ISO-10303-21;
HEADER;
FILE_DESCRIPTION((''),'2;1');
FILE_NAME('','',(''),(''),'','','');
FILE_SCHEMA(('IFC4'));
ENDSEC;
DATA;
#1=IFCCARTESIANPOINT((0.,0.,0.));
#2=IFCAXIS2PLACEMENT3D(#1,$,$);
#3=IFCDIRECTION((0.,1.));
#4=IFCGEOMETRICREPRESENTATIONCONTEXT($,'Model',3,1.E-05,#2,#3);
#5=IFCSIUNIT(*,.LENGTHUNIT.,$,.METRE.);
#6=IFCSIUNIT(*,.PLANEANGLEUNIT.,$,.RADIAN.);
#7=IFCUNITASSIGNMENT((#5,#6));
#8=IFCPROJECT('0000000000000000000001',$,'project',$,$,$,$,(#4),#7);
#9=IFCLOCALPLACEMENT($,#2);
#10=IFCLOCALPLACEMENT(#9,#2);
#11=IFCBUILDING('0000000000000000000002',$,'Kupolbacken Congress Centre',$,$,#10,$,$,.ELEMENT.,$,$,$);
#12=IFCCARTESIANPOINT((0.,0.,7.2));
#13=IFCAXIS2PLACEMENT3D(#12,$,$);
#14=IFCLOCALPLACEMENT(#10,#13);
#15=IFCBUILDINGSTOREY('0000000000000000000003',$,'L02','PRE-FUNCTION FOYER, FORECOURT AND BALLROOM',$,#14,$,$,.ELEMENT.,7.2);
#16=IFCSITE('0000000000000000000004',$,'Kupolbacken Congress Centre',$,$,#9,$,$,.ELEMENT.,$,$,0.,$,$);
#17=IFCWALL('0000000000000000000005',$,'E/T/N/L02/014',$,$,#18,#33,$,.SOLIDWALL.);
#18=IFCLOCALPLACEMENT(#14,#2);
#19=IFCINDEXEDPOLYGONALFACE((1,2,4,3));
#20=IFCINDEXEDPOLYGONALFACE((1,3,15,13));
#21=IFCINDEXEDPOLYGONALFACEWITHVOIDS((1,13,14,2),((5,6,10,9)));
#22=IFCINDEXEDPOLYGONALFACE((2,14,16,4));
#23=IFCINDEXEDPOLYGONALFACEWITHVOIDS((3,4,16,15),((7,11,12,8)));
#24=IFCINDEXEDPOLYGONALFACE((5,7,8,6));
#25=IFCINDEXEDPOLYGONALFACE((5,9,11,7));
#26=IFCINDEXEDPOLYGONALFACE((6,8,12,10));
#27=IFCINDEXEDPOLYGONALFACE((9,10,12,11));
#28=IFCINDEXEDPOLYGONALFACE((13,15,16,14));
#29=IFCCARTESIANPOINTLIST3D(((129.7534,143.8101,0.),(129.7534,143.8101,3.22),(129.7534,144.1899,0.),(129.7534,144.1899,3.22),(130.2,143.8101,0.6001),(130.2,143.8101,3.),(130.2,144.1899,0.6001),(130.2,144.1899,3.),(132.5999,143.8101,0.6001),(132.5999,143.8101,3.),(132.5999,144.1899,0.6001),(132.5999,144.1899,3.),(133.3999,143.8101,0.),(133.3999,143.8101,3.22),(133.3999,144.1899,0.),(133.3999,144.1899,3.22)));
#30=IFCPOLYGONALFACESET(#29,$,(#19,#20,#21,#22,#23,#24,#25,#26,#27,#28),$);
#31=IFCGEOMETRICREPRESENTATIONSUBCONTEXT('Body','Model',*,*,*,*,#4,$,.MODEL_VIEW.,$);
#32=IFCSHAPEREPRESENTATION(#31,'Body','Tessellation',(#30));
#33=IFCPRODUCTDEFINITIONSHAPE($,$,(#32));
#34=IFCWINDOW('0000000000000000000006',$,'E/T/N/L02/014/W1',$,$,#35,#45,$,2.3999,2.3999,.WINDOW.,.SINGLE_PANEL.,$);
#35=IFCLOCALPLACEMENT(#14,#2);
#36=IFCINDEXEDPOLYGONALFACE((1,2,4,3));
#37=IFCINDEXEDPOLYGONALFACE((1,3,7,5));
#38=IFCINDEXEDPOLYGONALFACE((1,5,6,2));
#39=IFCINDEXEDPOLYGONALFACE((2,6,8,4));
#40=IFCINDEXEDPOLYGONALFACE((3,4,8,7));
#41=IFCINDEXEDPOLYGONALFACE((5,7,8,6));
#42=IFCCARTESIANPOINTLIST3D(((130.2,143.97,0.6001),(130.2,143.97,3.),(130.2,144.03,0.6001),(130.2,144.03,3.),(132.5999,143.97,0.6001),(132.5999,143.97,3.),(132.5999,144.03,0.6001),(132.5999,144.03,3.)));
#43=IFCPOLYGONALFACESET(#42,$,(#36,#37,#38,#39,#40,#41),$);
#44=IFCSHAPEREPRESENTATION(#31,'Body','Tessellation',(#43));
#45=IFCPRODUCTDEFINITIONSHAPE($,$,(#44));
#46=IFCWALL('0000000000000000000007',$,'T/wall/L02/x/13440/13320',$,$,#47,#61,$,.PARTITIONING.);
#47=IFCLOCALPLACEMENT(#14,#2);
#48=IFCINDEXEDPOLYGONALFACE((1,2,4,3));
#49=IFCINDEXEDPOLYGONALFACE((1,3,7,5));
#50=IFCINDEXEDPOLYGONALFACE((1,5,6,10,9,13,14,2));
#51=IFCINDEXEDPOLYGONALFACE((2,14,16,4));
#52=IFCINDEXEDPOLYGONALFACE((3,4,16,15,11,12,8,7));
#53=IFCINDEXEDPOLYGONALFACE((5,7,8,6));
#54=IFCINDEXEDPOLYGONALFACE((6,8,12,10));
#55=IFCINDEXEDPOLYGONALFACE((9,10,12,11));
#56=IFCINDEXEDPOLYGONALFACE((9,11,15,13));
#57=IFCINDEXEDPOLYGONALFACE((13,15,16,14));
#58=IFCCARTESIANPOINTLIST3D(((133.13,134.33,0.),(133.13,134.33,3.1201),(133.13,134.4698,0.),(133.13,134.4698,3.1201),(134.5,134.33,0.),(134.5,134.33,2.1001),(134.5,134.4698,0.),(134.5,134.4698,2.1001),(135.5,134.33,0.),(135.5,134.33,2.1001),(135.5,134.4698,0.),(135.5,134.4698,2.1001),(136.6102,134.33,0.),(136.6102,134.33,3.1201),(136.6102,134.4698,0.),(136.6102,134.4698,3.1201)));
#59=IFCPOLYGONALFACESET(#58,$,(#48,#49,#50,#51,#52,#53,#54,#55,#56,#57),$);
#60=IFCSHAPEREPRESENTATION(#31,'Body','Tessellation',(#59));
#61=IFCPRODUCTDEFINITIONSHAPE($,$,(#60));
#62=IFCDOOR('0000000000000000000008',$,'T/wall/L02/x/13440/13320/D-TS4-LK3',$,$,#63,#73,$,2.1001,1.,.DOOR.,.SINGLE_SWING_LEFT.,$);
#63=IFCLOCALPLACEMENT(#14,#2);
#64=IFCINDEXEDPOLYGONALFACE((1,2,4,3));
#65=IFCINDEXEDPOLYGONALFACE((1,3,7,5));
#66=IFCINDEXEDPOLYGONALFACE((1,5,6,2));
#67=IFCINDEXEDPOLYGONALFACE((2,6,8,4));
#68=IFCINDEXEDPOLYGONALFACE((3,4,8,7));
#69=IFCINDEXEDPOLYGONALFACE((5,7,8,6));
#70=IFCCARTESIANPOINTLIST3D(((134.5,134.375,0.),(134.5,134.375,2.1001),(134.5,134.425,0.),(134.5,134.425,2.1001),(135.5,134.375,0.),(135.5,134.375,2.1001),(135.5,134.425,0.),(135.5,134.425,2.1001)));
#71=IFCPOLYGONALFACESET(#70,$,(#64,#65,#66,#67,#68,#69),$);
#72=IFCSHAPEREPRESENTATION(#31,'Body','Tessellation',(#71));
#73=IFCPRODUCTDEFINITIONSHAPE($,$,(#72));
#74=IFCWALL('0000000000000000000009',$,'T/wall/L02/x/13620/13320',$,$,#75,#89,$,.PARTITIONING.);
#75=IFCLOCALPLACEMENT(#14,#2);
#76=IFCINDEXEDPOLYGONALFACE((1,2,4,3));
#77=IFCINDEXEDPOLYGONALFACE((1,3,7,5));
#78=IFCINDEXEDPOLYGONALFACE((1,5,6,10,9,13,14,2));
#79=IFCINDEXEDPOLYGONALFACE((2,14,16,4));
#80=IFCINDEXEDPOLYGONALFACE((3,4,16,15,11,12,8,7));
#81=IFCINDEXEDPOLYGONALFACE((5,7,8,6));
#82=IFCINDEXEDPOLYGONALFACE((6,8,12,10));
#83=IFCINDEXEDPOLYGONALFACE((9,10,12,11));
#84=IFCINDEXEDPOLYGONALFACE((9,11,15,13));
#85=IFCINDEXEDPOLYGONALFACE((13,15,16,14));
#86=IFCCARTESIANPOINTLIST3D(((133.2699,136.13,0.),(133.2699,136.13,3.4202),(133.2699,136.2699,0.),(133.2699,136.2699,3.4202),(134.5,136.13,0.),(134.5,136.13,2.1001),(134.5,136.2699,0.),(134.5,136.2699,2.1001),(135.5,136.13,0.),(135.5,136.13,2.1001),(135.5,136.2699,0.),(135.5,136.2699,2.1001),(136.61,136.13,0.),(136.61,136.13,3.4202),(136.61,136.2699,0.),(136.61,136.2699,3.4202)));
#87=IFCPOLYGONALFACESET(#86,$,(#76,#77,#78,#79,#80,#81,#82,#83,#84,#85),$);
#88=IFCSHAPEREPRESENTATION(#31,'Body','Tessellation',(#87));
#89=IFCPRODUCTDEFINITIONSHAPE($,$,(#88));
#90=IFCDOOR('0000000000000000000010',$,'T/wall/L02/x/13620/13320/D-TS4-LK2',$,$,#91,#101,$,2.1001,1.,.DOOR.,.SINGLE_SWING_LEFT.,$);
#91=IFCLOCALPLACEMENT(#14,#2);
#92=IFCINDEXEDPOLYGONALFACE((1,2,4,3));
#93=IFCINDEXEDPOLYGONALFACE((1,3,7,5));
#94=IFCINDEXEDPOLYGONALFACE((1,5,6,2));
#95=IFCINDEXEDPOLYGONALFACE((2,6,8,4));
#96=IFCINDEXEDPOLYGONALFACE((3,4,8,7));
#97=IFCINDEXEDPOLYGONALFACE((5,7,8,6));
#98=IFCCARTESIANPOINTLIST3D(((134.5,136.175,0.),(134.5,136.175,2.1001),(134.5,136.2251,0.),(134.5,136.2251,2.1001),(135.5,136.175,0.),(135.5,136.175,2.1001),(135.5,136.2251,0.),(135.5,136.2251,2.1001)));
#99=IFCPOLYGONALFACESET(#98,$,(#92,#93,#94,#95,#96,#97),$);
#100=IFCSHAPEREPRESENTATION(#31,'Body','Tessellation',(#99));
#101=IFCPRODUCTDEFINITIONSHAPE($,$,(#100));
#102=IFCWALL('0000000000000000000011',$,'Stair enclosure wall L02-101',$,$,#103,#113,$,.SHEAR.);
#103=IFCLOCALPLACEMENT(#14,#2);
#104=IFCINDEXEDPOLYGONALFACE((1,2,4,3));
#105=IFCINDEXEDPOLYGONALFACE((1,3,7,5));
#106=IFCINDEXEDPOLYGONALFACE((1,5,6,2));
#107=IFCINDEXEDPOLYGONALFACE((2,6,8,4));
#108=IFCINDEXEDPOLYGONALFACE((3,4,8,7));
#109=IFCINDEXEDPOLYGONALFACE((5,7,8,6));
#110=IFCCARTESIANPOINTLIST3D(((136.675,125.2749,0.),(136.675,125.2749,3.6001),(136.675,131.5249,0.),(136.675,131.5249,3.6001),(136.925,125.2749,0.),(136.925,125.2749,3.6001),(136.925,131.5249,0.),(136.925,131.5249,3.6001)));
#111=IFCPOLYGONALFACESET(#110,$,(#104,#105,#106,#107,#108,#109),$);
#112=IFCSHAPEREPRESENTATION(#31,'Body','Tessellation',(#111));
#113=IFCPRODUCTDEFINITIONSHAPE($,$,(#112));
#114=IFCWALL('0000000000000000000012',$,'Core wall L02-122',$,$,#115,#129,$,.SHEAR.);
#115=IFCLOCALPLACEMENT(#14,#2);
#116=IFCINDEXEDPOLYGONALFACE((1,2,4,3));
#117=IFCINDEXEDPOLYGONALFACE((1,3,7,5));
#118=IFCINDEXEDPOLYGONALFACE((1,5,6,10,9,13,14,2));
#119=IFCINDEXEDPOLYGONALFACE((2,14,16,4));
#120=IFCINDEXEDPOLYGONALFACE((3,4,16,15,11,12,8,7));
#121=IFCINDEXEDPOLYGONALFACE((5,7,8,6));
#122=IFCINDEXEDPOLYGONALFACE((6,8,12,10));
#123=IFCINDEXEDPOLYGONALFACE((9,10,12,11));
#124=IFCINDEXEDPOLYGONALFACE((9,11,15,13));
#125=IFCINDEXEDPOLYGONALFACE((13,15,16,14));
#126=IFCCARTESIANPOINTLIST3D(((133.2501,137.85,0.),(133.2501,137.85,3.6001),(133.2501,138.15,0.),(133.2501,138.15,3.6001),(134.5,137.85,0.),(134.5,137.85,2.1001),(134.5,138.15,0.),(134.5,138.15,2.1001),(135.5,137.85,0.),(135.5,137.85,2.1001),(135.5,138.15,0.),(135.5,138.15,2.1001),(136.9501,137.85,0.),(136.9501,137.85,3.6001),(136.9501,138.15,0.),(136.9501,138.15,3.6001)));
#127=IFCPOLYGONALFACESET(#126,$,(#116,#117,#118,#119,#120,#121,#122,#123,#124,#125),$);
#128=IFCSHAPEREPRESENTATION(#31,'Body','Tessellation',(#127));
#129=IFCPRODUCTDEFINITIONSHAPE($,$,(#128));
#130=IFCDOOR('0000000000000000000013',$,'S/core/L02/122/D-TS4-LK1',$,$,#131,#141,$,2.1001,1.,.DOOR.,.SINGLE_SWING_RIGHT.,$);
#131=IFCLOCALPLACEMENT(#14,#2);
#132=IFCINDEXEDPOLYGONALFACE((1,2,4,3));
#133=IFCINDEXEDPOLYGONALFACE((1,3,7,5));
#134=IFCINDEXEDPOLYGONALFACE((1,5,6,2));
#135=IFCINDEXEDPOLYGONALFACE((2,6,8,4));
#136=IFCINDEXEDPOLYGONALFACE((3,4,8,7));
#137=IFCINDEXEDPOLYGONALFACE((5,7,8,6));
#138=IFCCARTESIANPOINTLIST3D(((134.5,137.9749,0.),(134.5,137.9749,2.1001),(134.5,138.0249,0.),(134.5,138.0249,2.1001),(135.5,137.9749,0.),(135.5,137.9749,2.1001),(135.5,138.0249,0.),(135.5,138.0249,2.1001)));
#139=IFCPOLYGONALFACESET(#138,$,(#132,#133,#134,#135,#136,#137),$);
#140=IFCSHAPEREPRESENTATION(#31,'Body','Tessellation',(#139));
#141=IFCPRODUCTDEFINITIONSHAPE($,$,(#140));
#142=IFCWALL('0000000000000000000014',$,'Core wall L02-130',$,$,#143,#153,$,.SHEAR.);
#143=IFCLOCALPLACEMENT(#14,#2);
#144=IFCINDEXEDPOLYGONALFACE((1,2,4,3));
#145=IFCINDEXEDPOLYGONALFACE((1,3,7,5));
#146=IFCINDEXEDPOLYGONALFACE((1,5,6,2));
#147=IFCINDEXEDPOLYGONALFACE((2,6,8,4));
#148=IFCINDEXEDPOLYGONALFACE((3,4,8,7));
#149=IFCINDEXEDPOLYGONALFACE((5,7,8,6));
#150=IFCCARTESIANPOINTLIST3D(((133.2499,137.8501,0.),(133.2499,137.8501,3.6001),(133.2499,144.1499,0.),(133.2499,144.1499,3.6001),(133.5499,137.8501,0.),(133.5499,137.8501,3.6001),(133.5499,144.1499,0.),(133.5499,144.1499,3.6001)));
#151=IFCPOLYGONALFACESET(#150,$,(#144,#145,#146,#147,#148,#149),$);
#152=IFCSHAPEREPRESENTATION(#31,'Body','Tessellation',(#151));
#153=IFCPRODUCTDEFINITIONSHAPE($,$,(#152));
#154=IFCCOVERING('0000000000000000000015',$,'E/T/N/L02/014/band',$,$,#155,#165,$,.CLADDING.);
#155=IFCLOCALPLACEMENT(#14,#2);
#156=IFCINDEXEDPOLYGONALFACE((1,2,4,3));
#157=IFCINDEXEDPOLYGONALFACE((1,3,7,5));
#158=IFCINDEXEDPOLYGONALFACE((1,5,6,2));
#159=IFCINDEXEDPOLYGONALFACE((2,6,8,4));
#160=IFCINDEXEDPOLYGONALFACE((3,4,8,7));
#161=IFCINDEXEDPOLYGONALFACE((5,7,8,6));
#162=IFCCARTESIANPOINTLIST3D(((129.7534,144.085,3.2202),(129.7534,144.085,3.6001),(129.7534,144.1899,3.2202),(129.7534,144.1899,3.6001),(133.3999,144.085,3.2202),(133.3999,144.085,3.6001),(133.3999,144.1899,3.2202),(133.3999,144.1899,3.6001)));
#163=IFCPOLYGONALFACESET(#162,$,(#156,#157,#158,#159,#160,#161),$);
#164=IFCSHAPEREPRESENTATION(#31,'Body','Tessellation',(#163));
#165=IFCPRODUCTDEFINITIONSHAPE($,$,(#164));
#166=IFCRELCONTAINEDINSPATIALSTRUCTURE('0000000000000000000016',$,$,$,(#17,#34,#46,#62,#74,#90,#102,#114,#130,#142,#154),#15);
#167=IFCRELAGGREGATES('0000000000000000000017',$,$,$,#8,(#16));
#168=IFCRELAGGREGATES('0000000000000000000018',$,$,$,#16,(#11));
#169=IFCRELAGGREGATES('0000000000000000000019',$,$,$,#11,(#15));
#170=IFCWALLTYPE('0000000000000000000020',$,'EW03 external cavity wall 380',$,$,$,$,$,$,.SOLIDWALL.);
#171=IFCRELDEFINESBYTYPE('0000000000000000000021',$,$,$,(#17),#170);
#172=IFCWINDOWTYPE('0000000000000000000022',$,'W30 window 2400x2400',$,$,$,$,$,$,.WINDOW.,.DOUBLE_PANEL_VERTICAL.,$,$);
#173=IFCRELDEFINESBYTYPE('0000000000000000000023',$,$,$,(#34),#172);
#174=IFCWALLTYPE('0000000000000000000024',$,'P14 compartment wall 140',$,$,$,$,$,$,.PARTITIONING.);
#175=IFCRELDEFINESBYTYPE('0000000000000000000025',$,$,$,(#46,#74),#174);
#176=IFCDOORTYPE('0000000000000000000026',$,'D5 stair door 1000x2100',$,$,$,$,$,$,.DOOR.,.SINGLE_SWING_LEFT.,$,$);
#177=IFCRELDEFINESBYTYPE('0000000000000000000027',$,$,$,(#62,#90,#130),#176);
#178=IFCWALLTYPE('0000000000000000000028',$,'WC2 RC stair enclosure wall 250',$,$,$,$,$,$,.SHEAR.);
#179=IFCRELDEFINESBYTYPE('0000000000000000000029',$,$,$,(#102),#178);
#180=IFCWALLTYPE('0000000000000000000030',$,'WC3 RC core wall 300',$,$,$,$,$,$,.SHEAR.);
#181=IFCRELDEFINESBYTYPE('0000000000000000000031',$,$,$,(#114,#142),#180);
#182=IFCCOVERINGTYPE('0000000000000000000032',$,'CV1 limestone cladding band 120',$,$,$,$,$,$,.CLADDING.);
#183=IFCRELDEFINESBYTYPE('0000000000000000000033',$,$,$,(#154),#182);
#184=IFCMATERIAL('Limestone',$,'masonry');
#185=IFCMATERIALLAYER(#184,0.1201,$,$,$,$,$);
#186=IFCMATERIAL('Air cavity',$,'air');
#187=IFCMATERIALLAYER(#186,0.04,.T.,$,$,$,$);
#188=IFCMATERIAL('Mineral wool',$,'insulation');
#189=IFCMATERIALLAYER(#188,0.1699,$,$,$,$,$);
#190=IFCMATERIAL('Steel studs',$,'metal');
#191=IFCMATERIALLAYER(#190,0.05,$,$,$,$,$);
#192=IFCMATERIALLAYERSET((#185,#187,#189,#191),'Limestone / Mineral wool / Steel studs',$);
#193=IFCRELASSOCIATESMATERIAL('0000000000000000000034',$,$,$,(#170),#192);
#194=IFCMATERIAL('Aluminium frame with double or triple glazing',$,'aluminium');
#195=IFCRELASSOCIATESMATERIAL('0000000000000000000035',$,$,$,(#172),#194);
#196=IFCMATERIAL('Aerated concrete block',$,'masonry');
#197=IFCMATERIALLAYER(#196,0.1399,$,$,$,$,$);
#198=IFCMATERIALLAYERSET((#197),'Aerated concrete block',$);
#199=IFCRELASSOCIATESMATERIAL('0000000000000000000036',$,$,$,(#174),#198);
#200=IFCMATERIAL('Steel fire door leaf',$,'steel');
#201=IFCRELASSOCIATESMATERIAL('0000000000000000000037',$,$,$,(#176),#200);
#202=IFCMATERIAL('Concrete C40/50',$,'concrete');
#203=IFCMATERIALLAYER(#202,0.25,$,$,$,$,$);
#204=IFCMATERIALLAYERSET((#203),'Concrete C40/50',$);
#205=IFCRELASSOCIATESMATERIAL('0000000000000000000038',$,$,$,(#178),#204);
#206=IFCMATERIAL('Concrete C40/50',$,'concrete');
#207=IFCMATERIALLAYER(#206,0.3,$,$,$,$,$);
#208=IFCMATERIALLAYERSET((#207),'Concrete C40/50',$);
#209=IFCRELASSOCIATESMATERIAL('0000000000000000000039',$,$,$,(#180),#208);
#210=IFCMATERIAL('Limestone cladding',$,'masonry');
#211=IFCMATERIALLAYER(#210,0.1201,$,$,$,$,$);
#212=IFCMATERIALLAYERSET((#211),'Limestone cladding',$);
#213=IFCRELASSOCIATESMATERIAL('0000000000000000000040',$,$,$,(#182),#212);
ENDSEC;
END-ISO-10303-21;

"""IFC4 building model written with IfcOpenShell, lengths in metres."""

from ifc_helpers import new_model, si_unit, direction, frame, frame_2d, origin, origin_2d, place, context, subcontext, project, spatial, rectangle, extrude, material, layer, layer_set, type_object, element, fill, save


model = new_model("IFC4")

# Units and contexts
model_context = context("Model", 3, precision=1e-05, world=origin(), true_north=direction((0.0, 1.0)))
body_context = subcontext(model_context, "Body", "Model", "MODEL_VIEW")
ifc_project = project(units=[si_unit("LENGTHUNIT", "METRE"), si_unit("PLANEANGLEUNIT", "RADIAN")], contexts=[model_context])

# Site, building, storey
site_placement = place(None, origin())
site = spatial("IfcSite", under=ifc_project, at=site_placement, Name="Kupolbacken Congress Centre", CompositionType="ELEMENT", RefElevation=0.0)
building_placement = place(site_placement, origin())
building = spatial("IfcBuilding", under=site, at=building_placement, Name="Kupolbacken Congress Centre", CompositionType="ELEMENT")
storey_placement = place(building_placement, frame((0.0, 0.0, 7.2)))
storey = spatial("IfcBuildingStorey", under=building, at=storey_placement, Name="L02", Description="PRE-FUNCTION FOYER, FORECOURT AND BALLROOM", CompositionType="ELEMENT", Elevation=7.2)

# Wall, opening, window
ifc_material_1 = material(Name="Limestone", Category="masonry")
ifc_layer_1 = layer(ifc_material_1, 0.1201)
ifc_material_2 = material(Name="Air cavity", Category="air")
ifc_layer_2 = layer(ifc_material_2, 0.04, ventilated=True)
ifc_material_3 = material(Name="Mineral wool", Category="insulation")
ifc_layer_3 = layer(ifc_material_3, 0.1699)
ifc_material_4 = material(Name="Steel studs", Category="metal")
ifc_layer_4 = layer(ifc_material_4, 0.05)
ifc_layer_set_1 = layer_set([ifc_layer_1, ifc_layer_2, ifc_layer_3, ifc_layer_4], Name="Limestone / Mineral wool / Steel studs")
wall_type_1 = type_object("IfcWallType", Name="EW03 external cavity wall 380", PredefinedType="SOLIDWALL", material=ifc_layer_set_1)
wall_1_placement = place(storey_placement, frame((133.3999, 144.0, 0.0), z_axis=(0.0, 0.0, 1.0), x_axis=(-1.0, 0.0, 0.0)))
wall_1 = element("IfcWall", 1, at=wall_1_placement, inside=storey, type_object=wall_type_1, Name="E/T/N/L02/014", PredefinedType="SOLIDWALL", context=body_context, shape_type="SweptSolid", body=[
    extrude(rectangle(XDim=3.6465, YDim=0.3799, at=frame_2d((1.8232, 0.0))), origin(), (0.0, 0.0, 1.0), 3.22),
])
opening_1_placement = place(wall_1_placement, frame((0.8, 0.0, 0.6001)))
opening_1 = element("IfcOpeningElement", 2, at=opening_1_placement, cuts=wall_1, PredefinedType="OPENING", context=body_context, shape_type="SweptSolid", body=[
    extrude(rectangle(XDim=2.3999, YDim=2.3999, at=frame_2d((1.2, 1.2))), frame((0.0, 0.2, 0.0), z_axis=(0.0, -1.0, 0.0), x_axis=(1.0, 0.0, 0.0)), (0.0, 0.0, 1.0), 0.3999),
])
ifc_material_5 = material(Name="Aluminium frame with double or triple glazing", Category="aluminium")
window_type = type_object("IfcWindowType", Name="W30 window 2400x2400", PartitioningType="DOUBLE_PANEL_VERTICAL", PredefinedType="WINDOW", material=ifc_material_5)
window_placement = place(opening_1_placement, origin())
window = element("IfcWindow", 3, at=window_placement, inside=storey, type_object=window_type, Name="E/T/N/L02/014/W1", OverallHeight=2.3999, OverallWidth=2.3999, PartitioningType="SINGLE_PANEL", PredefinedType="WINDOW", context=body_context, shape_type="SweptSolid", body=[
    extrude(rectangle(XDim=2.3999, YDim=2.3999, at=frame_2d((1.2, 1.2))), frame((0.0, 0.03, 0.0), z_axis=(0.0, -1.0, 0.0), x_axis=(1.0, 0.0, 0.0)), (0.0, 0.0, 1.0), 0.0601),
])
fill(opening_1, window)

# Walls, openings, doors
ifc_material_6 = material(Name="Aerated concrete block", Category="masonry")
ifc_layer_5 = layer(ifc_material_6, 0.1399)
ifc_layer_set_2 = layer_set([ifc_layer_5], Name="Aerated concrete block")
wall_type_2 = type_object("IfcWallType", Name="P14 compartment wall 140", PredefinedType="PARTITIONING", material=ifc_layer_set_2)
wall_2_placement = place(storey_placement, frame((133.1299, 134.3999, 0.0), z_axis=(0.0, 0.0, 1.0), x_axis=(1.0, 0.0, 0.0)))
wall_2 = element("IfcWall", 4, at=wall_2_placement, inside=storey, type_object=wall_type_2, Name="T/wall/L02/x/13440/13320", PredefinedType="PARTITIONING", context=body_context, shape_type="SweptSolid", body=[
    extrude(rectangle(XDim=3.4802, YDim=0.1399, at=frame_2d((1.7402, 0.0))), origin(), (0.0, 0.0, 1.0), 3.1201),
])
opening_2_placement = place(wall_2_placement, frame((1.3701, 0.0, 0.0)))
opening_2 = element("IfcOpeningElement", 5, at=opening_2_placement, cuts=wall_2, PredefinedType="OPENING", context=body_context, shape_type="SweptSolid", body=[
    extrude(rectangle(XDim=1.0, YDim=2.1001, at=frame_2d((0.5, 1.05))), frame((0.0, 0.0798, 0.0), z_axis=(0.0, -1.0, 0.0), x_axis=(1.0, 0.0, 0.0)), (0.0, 0.0, 1.0), 0.1599),
])
ifc_material_7 = material(Name="Steel fire door leaf", Category="steel")
door_type = type_object("IfcDoorType", Name="D5 stair door 1000x2100", OperationType="SINGLE_SWING_LEFT", PredefinedType="DOOR", material=ifc_material_7)
door_1_placement = place(opening_2_placement, frame((1.0, 0.0, 0.0), z_axis=(0.0, 0.0, 1.0), x_axis=(-1.0, 0.0, 0.0)))
door_1 = element("IfcDoor", 6, at=door_1_placement, inside=storey, type_object=door_type, Name="T/wall/L02/x/13440/13320/D-TS4-LK3", OperationType="SINGLE_SWING_LEFT", OverallHeight=2.1001, OverallWidth=1.0, PredefinedType="DOOR", context=body_context, shape_type="SweptSolid", body=[
    extrude(rectangle(XDim=1.0, YDim=2.1001, at=frame_2d((0.5, 1.05))), frame((0.0, 0.0249, 0.0), z_axis=(0.0, -1.0, 0.0), x_axis=(1.0, 0.0, 0.0)), (0.0, 0.0, 1.0), 0.05),
])
fill(opening_2, door_1)
wall_3_placement = place(storey_placement, frame((133.27, 136.2, 0.0), z_axis=(0.0, 0.0, 1.0), x_axis=(1.0, 0.0, 0.0)))
wall_3 = element("IfcWall", 7, at=wall_3_placement, inside=storey, type_object=wall_type_2, Name="T/wall/L02/x/13620/13320", PredefinedType="PARTITIONING", context=body_context, shape_type="SweptSolid", body=[
    extrude(rectangle(XDim=3.3401, YDim=0.1399, at=frame_2d((1.6699, 0.0))), origin(), (0.0, 0.0, 1.0), 3.4202),
])
opening_3_placement = place(wall_3_placement, frame((1.23, 0.0, 0.0)))
opening_3 = element("IfcOpeningElement", 8, at=opening_3_placement, cuts=wall_3, PredefinedType="OPENING", context=body_context, shape_type="SweptSolid", body=[
    extrude(rectangle(XDim=1.0, YDim=2.1001, at=frame_2d((0.5, 1.05))), frame((0.0, 0.0798, 0.0), z_axis=(0.0, -1.0, 0.0), x_axis=(1.0, 0.0, 0.0)), (0.0, 0.0, 1.0), 0.1599),
])
door_2_placement = place(opening_3_placement, frame((1.0, 0.0, 0.0), z_axis=(0.0, 0.0, 1.0), x_axis=(-1.0, 0.0, 0.0)))
door_2 = element("IfcDoor", 9, at=door_2_placement, inside=storey, type_object=door_type, Name="T/wall/L02/x/13620/13320/D-TS4-LK2", OperationType="SINGLE_SWING_LEFT", OverallHeight=2.1001, OverallWidth=1.0, PredefinedType="DOOR", context=body_context, shape_type="SweptSolid", body=[
    extrude(rectangle(XDim=1.0, YDim=2.1001, at=frame_2d((0.5, 1.05))), frame((0.0, 0.0249, 0.0), z_axis=(0.0, -1.0, 0.0), x_axis=(1.0, 0.0, 0.0)), (0.0, 0.0, 1.0), 0.05),
])
fill(opening_3, door_2)

# Wall
ifc_material_8 = material(Name="Concrete C40/50", Category="concrete")
ifc_layer_6 = layer(ifc_material_8, 0.25)
ifc_layer_set_3 = layer_set([ifc_layer_6], Name="Concrete C40/50")
wall_type_3 = type_object("IfcWallType", Name="WC2 RC stair enclosure wall 250", PredefinedType="SHEAR", material=ifc_layer_set_3)
wall_4_placement = place(storey_placement, frame((136.8, 131.5249, 0.0), z_axis=(0.0, 0.0, 1.0), x_axis=(0.0, -1.0, 0.0)))
element("IfcWall", 10, at=wall_4_placement, inside=storey, type_object=wall_type_3, Name="Stair enclosure wall L02-101", PredefinedType="SHEAR", context=body_context, shape_type="SweptSolid", body=[
    extrude(rectangle(XDim=6.25, YDim=0.25, at=frame_2d((3.125, 0.0))), origin(), (0.0, 0.0, 1.0), 3.6001),
])

# Wall, opening, door
ifc_material_9 = material(Name="Concrete C40/50", Category="concrete")
ifc_layer_7 = layer(ifc_material_9, 0.3)
ifc_layer_set_4 = layer_set([ifc_layer_7], Name="Concrete C40/50")
wall_type_4 = type_object("IfcWallType", Name="WC3 RC core wall 300", PredefinedType="SHEAR", material=ifc_layer_set_4)
wall_5_placement = place(storey_placement, frame((133.25, 138.0, 0.0), z_axis=(0.0, 0.0, 1.0), x_axis=(1.0, 0.0, 0.0)))
wall_5 = element("IfcWall", 11, at=wall_5_placement, inside=storey, type_object=wall_type_4, Name="Core wall L02-122", PredefinedType="SHEAR", context=body_context, shape_type="SweptSolid", body=[
    extrude(rectangle(XDim=3.7, YDim=0.3, at=frame_2d((1.8501, 0.0))), origin(), (0.0, 0.0, 1.0), 3.6001),
])
opening_4_placement = place(wall_5_placement, frame((1.25, 0.0, 0.0)))
opening_4 = element("IfcOpeningElement", 12, at=opening_4_placement, cuts=wall_5, PredefinedType="OPENING", context=body_context, shape_type="SweptSolid", body=[
    extrude(rectangle(XDim=1.0, YDim=2.1001, at=frame_2d((0.5, 1.05))), frame((0.0, 0.1599, 0.0), z_axis=(0.0, -1.0, 0.0), x_axis=(1.0, 0.0, 0.0)), (0.0, 0.0, 1.0), 0.3201),
])
door_3_placement = place(opening_4_placement, origin())
door_3 = element("IfcDoor", 13, at=door_3_placement, inside=storey, type_object=door_type, Name="S/core/L02/122/D-TS4-LK1", OperationType="SINGLE_SWING_RIGHT", OverallHeight=2.1001, OverallWidth=1.0, PredefinedType="DOOR", context=body_context, shape_type="SweptSolid", body=[
    extrude(rectangle(XDim=1.0, YDim=2.1001, at=frame_2d((0.5, 1.05))), frame((0.0, 0.0249, 0.0), z_axis=(0.0, -1.0, 0.0), x_axis=(1.0, 0.0, 0.0)), (0.0, 0.0, 1.0), 0.05),
])
fill(opening_4, door_3)

# Wall
wall_6_placement = place(storey_placement, frame((133.3999, 144.1499, 0.0), z_axis=(0.0, 0.0, 1.0), x_axis=(0.0, -1.0, 0.0)))
element("IfcWall", 14, at=wall_6_placement, inside=storey, type_object=wall_type_4, Name="Core wall L02-130", PredefinedType="SHEAR", context=body_context, shape_type="SweptSolid", body=[
    extrude(rectangle(XDim=6.2998, YDim=0.3, at=frame_2d((3.1499, 0.0))), origin(), (0.0, 0.0, 1.0), 3.6001),
])

# Covering
ifc_material_10 = material(Name="Limestone cladding", Category="masonry")
ifc_layer_8 = layer(ifc_material_10, 0.1201)
ifc_layer_set_5 = layer_set([ifc_layer_8], Name="Limestone cladding")
covering_type = type_object("IfcCoveringType", Name="CV1 limestone cladding band 120", PredefinedType="CLADDING", material=ifc_layer_set_5)
covering_1_placement = place(storey_placement, frame((131.5767, 144.1375, 3.2202), z_axis=(0.0, 0.0, 1.0), x_axis=(-1.0, 0.0, 0.0)))
element("IfcCovering", 15, at=covering_1_placement, inside=storey, type_object=covering_type, Name="E/T/N/L02/014/band", PredefinedType="CLADDING", context=body_context, shape_type="SweptSolid", body=[
    extrude(rectangle(XDim=3.6465, YDim=0.105, at=origin_2d()), origin(), (0.0, 0.0, 1.0), 0.3799),
])

save(model, "model.ifc")
